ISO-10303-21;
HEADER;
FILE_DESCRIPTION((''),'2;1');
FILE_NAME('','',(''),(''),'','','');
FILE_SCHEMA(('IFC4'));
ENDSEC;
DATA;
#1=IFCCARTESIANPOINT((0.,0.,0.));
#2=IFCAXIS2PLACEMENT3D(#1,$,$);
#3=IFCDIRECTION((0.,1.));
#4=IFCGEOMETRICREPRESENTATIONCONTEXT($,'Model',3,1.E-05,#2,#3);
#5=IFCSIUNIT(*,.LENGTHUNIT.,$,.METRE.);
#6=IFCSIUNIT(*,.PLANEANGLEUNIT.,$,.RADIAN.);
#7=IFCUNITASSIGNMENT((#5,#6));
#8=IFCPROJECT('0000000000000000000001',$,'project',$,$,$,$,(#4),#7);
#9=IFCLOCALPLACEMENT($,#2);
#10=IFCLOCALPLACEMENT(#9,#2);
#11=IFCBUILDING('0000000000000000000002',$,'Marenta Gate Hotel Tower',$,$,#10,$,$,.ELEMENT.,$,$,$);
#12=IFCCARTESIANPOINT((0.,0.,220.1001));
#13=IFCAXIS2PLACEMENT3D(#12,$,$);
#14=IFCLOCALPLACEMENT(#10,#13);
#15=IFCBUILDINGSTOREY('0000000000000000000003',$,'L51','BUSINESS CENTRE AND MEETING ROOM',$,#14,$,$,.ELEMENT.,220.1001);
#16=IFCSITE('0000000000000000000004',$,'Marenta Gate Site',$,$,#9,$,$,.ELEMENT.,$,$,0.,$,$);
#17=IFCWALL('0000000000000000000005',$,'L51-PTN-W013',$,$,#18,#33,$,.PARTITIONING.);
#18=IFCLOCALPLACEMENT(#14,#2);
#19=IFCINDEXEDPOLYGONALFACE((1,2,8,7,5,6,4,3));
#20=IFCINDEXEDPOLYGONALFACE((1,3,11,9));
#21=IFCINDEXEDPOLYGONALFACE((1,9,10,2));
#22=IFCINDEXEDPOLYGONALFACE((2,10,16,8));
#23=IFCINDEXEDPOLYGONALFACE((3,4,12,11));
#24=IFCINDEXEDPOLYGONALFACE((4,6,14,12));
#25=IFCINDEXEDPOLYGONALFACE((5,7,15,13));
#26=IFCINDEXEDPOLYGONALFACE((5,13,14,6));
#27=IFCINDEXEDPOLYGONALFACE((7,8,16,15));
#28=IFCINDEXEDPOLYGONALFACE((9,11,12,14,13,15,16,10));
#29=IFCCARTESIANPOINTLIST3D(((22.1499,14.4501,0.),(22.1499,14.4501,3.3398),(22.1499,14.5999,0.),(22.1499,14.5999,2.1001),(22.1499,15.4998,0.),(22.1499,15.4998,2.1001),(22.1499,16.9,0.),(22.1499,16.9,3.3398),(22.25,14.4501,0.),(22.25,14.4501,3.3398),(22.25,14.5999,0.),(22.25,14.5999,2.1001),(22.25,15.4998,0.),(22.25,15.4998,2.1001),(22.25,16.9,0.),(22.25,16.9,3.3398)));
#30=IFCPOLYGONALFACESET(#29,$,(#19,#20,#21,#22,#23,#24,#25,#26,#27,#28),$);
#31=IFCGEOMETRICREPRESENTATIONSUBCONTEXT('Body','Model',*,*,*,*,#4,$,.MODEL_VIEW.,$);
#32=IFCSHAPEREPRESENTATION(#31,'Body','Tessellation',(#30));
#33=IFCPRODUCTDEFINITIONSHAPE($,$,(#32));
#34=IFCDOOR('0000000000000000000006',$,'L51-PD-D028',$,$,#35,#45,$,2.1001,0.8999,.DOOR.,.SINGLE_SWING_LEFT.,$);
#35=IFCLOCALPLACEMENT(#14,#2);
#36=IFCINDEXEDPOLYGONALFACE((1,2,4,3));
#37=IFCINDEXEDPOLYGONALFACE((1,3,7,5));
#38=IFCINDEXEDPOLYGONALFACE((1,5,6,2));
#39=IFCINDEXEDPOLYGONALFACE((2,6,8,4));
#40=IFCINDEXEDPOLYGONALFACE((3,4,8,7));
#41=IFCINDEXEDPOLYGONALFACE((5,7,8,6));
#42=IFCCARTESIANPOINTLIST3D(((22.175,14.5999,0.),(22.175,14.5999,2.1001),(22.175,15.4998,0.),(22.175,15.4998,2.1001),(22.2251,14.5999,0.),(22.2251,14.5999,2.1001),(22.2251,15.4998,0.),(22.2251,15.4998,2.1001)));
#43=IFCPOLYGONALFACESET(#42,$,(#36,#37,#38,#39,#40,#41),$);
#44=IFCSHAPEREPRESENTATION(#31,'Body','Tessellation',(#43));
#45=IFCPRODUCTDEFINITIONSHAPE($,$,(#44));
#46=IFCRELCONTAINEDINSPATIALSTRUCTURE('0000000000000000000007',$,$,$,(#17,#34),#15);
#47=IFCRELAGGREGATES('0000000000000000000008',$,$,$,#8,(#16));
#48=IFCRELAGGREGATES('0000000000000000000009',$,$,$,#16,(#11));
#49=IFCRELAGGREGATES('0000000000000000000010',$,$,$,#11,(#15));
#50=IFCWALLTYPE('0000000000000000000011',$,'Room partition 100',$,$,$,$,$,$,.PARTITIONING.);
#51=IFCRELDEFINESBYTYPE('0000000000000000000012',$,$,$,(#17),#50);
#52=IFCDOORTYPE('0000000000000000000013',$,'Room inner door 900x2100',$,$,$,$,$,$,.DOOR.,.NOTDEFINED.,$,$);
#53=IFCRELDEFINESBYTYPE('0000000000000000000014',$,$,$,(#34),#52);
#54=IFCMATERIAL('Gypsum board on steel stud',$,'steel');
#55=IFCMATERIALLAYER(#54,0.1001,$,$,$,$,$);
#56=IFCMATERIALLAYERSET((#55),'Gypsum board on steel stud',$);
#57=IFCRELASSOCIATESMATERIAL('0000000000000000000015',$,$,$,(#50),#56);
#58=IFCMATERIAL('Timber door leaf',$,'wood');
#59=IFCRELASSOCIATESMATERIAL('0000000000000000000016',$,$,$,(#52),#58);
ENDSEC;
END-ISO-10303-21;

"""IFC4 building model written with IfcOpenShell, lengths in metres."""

from ifc_helpers import new_model, si_unit, direction, frame, frame_2d, origin, place, context, subcontext, project, spatial, rectangle, extrude, material, layer, layer_set, type_object, element, fill, save


model = new_model("IFC4")

# Units and contexts
model_context = context("Model", 3, precision=1e-05, world=origin(), true_north=direction((0.0, 1.0)))
body_context = subcontext(model_context, "Body", "Model", "MODEL_VIEW")
ifc_project = project(units=[si_unit("LENGTHUNIT", "METRE"), si_unit("PLANEANGLEUNIT", "RADIAN")], contexts=[model_context])

# Site, building, storey
site_placement = place(None, origin())
site = spatial("IfcSite", under=ifc_project, at=site_placement, Name="Marenta Gate Site", CompositionType="ELEMENT", RefElevation=0.0)
building_placement = place(site_placement, origin())
building = spatial("IfcBuilding", under=site, at=building_placement, Name="Marenta Gate Hotel Tower", CompositionType="ELEMENT")
storey_placement = place(building_placement, frame((0.0, 0.0, 220.1001)))
storey = spatial("IfcBuildingStorey", under=building, at=storey_placement, Name="L51", Description="BUSINESS CENTRE AND MEETING ROOM", CompositionType="ELEMENT", Elevation=220.1001)

# Wall, opening, door
ifc_material_1 = material(Name="Gypsum board on steel stud", Category="steel")
ifc_layer_1 = layer(ifc_material_1, 0.1001)
ifc_layer_set_1 = layer_set([ifc_layer_1], Name="Gypsum board on steel stud")
wall_type = type_object("IfcWallType", Name="Room partition 100", PredefinedType="PARTITIONING", material=ifc_layer_set_1)
wall_placement = place(storey_placement, frame((22.2, 14.45, 0.0), z_axis=(0.0, 0.0, 1.0), x_axis=(0.0, 1.0, 0.0)))
wall = element("IfcWall", 1, at=wall_placement, inside=storey, type_object=wall_type, Name="L51-PTN-W013", PredefinedType="PARTITIONING", context=body_context, shape_type="SweptSolid", body=[
    extrude(rectangle(XDim=2.45, YDim=0.1001, at=frame_2d((1.2251, 0.0))), origin(), (0.0, 0.0, 1.0), 3.3398),
])
opening_placement = place(wall_placement, frame((0.1499, 0.0, 0.0)))
opening = element("IfcOpeningElement", 2, at=opening_placement, cuts=wall, PredefinedType="OPENING", context=body_context, shape_type="SweptSolid", body=[
    extrude(rectangle(XDim=0.8999, YDim=2.1001, at=frame_2d((0.45, 1.05))), frame((0.0, 0.05, 0.0), z_axis=(0.0, -1.0, 0.0), x_axis=(1.0, 0.0, 0.0)), (0.0, 0.0, 1.0), 0.1001),
])
ifc_material_2 = material(Name="Timber door leaf", Category="wood")
door_type = type_object("IfcDoorType", Name="Room inner door 900x2100", OperationType="NOTDEFINED", PredefinedType="DOOR", material=ifc_material_2)
door_placement = place(opening_placement, origin())
door = element("IfcDoor", 3, at=door_placement, inside=storey, type_object=door_type, Name="L51-PD-D028", OperationType="SINGLE_SWING_LEFT", OverallHeight=2.1001, OverallWidth=0.8999, PredefinedType="DOOR", context=body_context, shape_type="SweptSolid", body=[
    extrude(rectangle(XDim=0.8999, YDim=2.1001, at=frame_2d((0.45, 1.05))), frame((0.0, 0.0249, 0.0), z_axis=(0.0, -1.0, 0.0), x_axis=(1.0, 0.0, 0.0)), (0.0, 0.0, 1.0), 0.05),
])
fill(opening, door)

save(model, "model.ifc")
